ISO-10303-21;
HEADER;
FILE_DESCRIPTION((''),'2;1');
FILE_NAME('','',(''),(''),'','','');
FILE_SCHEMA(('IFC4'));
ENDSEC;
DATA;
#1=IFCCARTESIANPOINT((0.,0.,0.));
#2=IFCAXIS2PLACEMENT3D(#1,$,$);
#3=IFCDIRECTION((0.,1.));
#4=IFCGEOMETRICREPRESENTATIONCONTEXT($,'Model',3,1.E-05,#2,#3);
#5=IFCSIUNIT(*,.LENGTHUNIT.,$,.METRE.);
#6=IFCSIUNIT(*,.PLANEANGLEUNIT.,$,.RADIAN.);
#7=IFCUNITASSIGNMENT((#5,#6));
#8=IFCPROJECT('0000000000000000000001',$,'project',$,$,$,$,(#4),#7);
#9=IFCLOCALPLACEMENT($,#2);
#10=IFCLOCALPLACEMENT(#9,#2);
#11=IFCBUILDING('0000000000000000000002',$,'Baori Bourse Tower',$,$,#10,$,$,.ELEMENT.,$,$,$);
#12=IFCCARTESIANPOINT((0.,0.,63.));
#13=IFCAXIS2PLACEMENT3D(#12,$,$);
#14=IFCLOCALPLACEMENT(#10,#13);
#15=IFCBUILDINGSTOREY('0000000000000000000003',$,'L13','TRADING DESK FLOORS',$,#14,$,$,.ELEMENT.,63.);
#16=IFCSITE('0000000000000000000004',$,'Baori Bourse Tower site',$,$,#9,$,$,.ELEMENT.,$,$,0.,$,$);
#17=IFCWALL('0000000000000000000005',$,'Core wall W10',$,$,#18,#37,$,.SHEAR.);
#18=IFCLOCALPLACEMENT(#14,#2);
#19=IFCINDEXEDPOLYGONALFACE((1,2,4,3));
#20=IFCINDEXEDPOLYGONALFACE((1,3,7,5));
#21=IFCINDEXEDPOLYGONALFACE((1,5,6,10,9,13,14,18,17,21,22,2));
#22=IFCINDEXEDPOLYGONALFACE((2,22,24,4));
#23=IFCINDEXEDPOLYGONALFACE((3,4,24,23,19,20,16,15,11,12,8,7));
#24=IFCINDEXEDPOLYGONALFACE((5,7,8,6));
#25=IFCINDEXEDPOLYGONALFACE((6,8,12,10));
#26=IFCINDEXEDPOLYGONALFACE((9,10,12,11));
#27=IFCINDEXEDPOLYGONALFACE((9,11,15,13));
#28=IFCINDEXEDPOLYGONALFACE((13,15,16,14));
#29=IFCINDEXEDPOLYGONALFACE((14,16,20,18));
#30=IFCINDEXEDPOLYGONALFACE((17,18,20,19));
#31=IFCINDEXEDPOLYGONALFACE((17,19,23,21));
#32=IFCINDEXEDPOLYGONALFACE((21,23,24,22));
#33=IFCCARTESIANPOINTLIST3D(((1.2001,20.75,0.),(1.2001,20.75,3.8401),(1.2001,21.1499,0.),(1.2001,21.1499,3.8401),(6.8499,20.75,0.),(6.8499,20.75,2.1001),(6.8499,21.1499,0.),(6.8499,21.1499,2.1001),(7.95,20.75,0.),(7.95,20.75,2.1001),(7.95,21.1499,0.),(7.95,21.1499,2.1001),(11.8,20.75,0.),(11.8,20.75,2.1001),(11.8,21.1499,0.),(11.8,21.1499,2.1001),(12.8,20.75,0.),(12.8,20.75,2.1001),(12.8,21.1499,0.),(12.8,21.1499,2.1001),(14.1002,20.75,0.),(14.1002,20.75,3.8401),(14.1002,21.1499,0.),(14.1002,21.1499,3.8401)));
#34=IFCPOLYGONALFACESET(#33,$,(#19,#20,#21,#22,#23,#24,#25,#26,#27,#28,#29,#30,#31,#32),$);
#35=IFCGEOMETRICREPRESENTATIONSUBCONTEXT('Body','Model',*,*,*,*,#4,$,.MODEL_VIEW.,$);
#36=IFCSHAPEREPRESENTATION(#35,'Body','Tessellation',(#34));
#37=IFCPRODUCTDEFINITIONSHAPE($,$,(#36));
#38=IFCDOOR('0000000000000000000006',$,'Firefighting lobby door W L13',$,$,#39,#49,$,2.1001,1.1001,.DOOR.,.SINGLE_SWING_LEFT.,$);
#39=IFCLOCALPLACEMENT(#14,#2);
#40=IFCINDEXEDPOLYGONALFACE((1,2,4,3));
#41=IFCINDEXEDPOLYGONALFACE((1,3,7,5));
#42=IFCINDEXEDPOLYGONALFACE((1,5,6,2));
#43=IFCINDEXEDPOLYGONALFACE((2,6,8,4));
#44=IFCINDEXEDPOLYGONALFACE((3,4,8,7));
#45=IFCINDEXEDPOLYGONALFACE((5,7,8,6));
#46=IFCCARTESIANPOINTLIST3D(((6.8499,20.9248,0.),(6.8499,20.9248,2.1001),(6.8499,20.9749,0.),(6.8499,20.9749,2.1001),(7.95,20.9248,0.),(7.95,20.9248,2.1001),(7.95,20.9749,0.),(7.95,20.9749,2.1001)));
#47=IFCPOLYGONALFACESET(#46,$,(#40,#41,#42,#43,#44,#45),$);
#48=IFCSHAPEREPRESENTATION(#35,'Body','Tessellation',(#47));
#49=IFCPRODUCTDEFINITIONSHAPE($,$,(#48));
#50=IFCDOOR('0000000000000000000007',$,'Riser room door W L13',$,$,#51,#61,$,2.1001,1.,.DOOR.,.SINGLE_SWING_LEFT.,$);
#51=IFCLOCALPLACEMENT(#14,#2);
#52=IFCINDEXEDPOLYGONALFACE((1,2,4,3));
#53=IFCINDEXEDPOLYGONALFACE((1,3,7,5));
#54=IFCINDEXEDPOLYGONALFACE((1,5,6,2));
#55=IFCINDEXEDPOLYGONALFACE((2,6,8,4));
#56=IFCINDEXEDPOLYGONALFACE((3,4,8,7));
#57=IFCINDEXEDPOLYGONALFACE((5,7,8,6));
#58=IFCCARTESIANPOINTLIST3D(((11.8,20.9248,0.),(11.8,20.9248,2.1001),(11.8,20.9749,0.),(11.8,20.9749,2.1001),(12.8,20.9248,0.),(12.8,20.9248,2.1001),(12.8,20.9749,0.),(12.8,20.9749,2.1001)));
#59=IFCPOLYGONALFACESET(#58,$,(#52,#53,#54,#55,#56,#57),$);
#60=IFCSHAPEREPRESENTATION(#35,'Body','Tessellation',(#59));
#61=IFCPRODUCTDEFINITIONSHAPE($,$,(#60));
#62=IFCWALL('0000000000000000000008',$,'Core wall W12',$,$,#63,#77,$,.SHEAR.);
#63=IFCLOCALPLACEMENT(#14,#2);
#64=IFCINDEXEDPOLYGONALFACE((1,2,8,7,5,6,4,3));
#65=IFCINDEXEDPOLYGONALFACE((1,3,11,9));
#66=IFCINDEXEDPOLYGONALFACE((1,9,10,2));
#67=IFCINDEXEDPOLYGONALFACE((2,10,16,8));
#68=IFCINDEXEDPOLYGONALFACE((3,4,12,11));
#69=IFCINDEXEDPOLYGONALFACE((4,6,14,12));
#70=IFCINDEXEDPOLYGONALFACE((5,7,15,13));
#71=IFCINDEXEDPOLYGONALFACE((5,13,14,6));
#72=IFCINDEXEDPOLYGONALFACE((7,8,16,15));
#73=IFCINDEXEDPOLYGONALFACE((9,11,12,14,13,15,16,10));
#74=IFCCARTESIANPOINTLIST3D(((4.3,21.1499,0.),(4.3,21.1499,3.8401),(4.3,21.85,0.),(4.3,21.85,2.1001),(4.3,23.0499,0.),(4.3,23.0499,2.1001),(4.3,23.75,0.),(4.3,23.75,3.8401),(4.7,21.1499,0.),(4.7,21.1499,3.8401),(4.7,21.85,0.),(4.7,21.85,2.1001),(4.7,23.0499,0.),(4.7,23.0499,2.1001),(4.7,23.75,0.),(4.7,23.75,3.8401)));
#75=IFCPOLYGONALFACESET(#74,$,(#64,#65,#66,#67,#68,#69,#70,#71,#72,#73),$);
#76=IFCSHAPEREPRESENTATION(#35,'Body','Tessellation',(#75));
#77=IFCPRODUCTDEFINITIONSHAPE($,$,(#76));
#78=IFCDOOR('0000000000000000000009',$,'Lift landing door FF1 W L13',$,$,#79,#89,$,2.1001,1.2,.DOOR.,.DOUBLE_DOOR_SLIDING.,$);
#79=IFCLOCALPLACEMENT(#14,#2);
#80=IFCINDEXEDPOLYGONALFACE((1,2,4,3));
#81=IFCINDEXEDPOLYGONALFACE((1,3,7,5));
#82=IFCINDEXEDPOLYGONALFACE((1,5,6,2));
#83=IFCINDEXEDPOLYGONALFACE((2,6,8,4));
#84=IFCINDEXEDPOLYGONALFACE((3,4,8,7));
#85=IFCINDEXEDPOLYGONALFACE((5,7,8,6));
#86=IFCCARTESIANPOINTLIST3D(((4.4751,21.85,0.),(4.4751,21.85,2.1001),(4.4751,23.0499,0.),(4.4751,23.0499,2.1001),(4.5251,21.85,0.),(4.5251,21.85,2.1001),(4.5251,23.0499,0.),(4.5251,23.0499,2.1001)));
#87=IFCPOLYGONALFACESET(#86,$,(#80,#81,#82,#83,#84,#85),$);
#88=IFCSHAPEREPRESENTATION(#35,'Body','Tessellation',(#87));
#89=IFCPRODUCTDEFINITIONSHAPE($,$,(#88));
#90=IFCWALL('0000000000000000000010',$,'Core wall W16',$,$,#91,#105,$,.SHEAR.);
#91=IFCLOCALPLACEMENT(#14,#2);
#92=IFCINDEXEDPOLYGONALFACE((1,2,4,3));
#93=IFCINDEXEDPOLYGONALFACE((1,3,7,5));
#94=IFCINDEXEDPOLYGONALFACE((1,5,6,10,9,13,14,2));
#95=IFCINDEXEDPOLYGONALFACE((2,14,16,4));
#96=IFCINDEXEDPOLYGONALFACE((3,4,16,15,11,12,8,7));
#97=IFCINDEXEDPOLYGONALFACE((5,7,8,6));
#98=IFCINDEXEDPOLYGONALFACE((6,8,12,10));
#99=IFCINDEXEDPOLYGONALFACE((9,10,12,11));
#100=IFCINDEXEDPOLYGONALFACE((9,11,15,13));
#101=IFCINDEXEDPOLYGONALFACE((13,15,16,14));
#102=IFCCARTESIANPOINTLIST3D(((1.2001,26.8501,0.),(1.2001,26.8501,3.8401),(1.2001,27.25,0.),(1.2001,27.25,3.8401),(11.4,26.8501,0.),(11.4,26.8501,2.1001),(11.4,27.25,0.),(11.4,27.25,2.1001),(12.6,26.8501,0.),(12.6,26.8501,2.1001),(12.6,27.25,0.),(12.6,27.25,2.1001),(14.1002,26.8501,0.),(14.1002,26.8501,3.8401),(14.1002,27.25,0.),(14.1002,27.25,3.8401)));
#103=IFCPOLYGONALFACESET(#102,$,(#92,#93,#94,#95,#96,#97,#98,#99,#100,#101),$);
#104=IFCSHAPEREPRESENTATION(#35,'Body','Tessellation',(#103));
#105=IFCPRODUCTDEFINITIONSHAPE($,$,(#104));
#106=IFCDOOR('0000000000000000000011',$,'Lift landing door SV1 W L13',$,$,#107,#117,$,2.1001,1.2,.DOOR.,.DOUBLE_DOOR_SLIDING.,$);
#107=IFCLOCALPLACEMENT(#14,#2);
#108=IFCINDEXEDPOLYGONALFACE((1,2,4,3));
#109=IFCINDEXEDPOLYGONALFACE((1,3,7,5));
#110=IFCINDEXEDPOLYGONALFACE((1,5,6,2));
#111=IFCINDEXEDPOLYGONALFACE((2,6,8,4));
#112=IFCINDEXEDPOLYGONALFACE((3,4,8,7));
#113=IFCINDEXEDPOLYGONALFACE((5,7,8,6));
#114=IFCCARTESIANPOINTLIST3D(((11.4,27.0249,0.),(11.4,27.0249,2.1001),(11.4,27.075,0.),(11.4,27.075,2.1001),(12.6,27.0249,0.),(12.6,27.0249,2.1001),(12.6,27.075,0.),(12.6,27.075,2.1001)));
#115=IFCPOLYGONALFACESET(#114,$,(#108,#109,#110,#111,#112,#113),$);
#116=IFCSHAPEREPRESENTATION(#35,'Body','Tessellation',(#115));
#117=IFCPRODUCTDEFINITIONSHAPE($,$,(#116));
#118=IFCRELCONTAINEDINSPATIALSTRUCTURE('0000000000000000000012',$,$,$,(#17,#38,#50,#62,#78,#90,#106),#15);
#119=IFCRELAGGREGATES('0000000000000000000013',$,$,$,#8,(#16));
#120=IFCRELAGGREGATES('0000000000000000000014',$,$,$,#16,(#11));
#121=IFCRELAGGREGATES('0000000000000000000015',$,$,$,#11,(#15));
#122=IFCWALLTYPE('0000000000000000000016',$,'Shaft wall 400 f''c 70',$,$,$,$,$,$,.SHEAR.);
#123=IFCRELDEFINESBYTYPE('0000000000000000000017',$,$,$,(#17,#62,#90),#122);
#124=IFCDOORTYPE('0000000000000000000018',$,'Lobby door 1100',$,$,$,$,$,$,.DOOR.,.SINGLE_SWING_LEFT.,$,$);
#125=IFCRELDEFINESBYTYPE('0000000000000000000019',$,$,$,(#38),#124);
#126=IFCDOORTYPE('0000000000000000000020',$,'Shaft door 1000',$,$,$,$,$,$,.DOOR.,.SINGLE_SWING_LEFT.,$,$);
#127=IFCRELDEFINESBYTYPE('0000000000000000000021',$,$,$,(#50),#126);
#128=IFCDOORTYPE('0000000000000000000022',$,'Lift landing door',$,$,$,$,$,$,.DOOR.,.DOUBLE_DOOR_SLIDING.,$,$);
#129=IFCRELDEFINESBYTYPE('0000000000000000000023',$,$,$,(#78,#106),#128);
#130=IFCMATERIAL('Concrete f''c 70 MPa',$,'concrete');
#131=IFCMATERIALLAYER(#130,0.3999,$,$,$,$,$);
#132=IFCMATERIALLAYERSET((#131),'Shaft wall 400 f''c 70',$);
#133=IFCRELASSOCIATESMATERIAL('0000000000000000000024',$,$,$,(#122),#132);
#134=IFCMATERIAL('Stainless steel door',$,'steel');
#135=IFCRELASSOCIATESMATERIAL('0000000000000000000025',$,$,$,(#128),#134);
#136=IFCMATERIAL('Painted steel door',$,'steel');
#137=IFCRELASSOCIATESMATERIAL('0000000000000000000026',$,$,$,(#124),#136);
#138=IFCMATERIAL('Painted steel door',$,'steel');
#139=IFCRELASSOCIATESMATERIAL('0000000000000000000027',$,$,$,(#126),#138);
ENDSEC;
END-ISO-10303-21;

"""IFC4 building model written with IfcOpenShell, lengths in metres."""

from ifc_helpers import new_model, si_unit, direction, frame, frame_2d, origin, place, context, subcontext, project, spatial, rectangle, extrude, material, layer, layer_set, type_object, element, fill, save


model = new_model("IFC4")

# Units and contexts
model_context = context("Model", 3, precision=1e-05, world=origin(), true_north=direction((0.0, 1.0)))
body_context = subcontext(model_context, "Body", "Model", "MODEL_VIEW")
ifc_project = project(units=[si_unit("LENGTHUNIT", "METRE"), si_unit("PLANEANGLEUNIT", "RADIAN")], contexts=[model_context])

# Site, building, storey
site_placement = place(None, origin())
site = spatial("IfcSite", under=ifc_project, at=site_placement, Name="Baori Bourse Tower site", CompositionType="ELEMENT", RefElevation=0.0)
building_placement = place(site_placement, origin())
building = spatial("IfcBuilding", under=site, at=building_placement, Name="Baori Bourse Tower", CompositionType="ELEMENT")
storey_placement = place(building_placement, frame((0.0, 0.0, 63.0)))
storey = spatial("IfcBuildingStorey", under=building, at=storey_placement, Name="L13", Description="TRADING DESK FLOORS", CompositionType="ELEMENT", Elevation=63.0)

# Shared definitions
ifc_material_1 = material(Name="Concrete f'c 70 MPa", Category="concrete")
ifc_layer_1 = layer(ifc_material_1, 0.3999)
ifc_layer_set_1 = layer_set([ifc_layer_1], Name="Shaft wall 400 f'c 70")
wall_type_1 = type_object("IfcWallType", Name="Shaft wall 400 f'c 70", PredefinedType="SHEAR", material=ifc_layer_set_1)

# Wall, openings, doors
ifc_material_2 = material(Name="Stainless steel door", Category="steel")
door_type_1 = type_object("IfcDoorType", Name="Lift landing door", OperationType="DOUBLE_DOOR_SLIDING", PredefinedType="DOOR", material=ifc_material_2)
wall_1_placement = place(storey_placement, frame((1.2, 20.95, 0.0), z_axis=(0.0, 0.0, 1.0), x_axis=(1.0, 0.0, 0.0)))
wall_1 = element("IfcWall", 1, at=wall_1_placement, inside=storey, type_object=wall_type_1, Name="Core wall W10", PredefinedType="SHEAR", context=body_context, shape_type="SweptSolid", body=[
    extrude(rectangle(XDim=12.9001, YDim=0.3999, at=frame_2d((6.4502, 0.0))), origin(), (0.0, 0.0, 1.0), 3.8401),
])
opening_1_placement = place(wall_1_placement, frame((5.6499, 0.0, 0.0)))
opening_1 = element("IfcOpeningElement", 2, at=opening_1_placement, cuts=wall_1, PredefinedType="OPENING", context=body_context, shape_type="SweptSolid", body=[
    extrude(rectangle(XDim=1.1001, YDim=2.1001, at=frame_2d((0.55, 1.05))), frame((0.0, 0.21, 0.0), z_axis=(0.0, -1.0, 0.0), x_axis=(1.0, 0.0, 0.0)), (0.0, 0.0, 1.0), 0.4199),
])
opening_2_placement = place(wall_1_placement, frame((10.6001, 0.0, 0.0)))
opening_2 = element("IfcOpeningElement", 3, at=opening_2_placement, cuts=wall_1, PredefinedType="OPENING", context=body_context, shape_type="SweptSolid", body=[
    extrude(rectangle(XDim=1.0, YDim=2.1001, at=frame_2d((0.5, 1.05))), frame((0.0, 0.21, 0.0), z_axis=(0.0, -1.0, 0.0), x_axis=(1.0, 0.0, 0.0)), (0.0, 0.0, 1.0), 0.4199),
])
ifc_material_3 = material(Name="Painted steel door", Category="steel")
door_type_2 = type_object("IfcDoorType", Name="Lobby door 1100", OperationType="SINGLE_SWING_LEFT", PredefinedType="DOOR", material=ifc_material_3)
door_1_placement = place(opening_1_placement, origin())
door_1 = element("IfcDoor", 4, at=door_1_placement, inside=storey, type_object=door_type_2, Name="Firefighting lobby door W L13", OperationType="SINGLE_SWING_LEFT", OverallHeight=2.1001, OverallWidth=1.1001, PredefinedType="DOOR", context=body_context, shape_type="SweptSolid", body=[
    extrude(rectangle(XDim=1.1001, YDim=2.1001, at=frame_2d((0.55, 1.05))), frame((0.0, 0.0249, 0.0), z_axis=(0.0, -1.0, 0.0), x_axis=(1.0, 0.0, 0.0)), (0.0, 0.0, 1.0), 0.05),
])
fill(opening_1, door_1)
ifc_material_4 = material(Name="Painted steel door", Category="steel")
door_type_3 = type_object("IfcDoorType", Name="Shaft door 1000", OperationType="SINGLE_SWING_LEFT", PredefinedType="DOOR", material=ifc_material_4)
door_2_placement = place(opening_2_placement, origin())
door_2 = element("IfcDoor", 5, at=door_2_placement, inside=storey, type_object=door_type_3, Name="Riser room door W L13", OperationType="SINGLE_SWING_LEFT", OverallHeight=2.1001, OverallWidth=1.0, PredefinedType="DOOR", context=body_context, shape_type="SweptSolid", body=[
    extrude(rectangle(XDim=1.0, YDim=2.1001, at=frame_2d((0.5, 1.05))), frame((0.0, 0.0249, 0.0), z_axis=(0.0, -1.0, 0.0), x_axis=(1.0, 0.0, 0.0)), (0.0, 0.0, 1.0), 0.05),
])
fill(opening_2, door_2)

# Walls, openings, doors
wall_2_placement = place(storey_placement, frame((4.5, 21.1499, 0.0), z_axis=(0.0, 0.0, 1.0), x_axis=(0.0, 1.0, 0.0)))
wall_2 = element("IfcWall", 6, at=wall_2_placement, inside=storey, type_object=wall_type_1, Name="Core wall W12", PredefinedType="SHEAR", context=body_context, shape_type="SweptSolid", body=[
    extrude(rectangle(XDim=2.6001, YDim=0.3999, at=frame_2d((1.3, 0.0))), origin(), (0.0, 0.0, 1.0), 3.8401),
])
opening_3_placement = place(wall_2_placement, frame((0.7, 0.0, 0.0)))
opening_3 = element("IfcOpeningElement", 7, at=opening_3_placement, cuts=wall_2, PredefinedType="OPENING", context=body_context, shape_type="SweptSolid", body=[
    extrude(rectangle(XDim=1.2, YDim=2.1001, at=frame_2d((0.6001, 1.05))), frame((0.0, 0.21, 0.0), z_axis=(0.0, -1.0, 0.0), x_axis=(1.0, 0.0, 0.0)), (0.0, 0.0, 1.0), 0.4199),
])
door_3_placement = place(opening_3_placement, origin())
door_3 = element("IfcDoor", 8, at=door_3_placement, inside=storey, type_object=door_type_1, Name="Lift landing door FF1 W L13", OperationType="DOUBLE_DOOR_SLIDING", OverallHeight=2.1001, OverallWidth=1.2, PredefinedType="DOOR", context=body_context, shape_type="SweptSolid", body=[
    extrude(rectangle(XDim=1.2, YDim=2.1001, at=frame_2d((0.6001, 1.05))), frame((0.0, 0.0249, 0.0), z_axis=(0.0, -1.0, 0.0), x_axis=(1.0, 0.0, 0.0)), (0.0, 0.0, 1.0), 0.05),
])
fill(opening_3, door_3)
wall_3_placement = place(storey_placement, frame((1.2, 27.05, 0.0), z_axis=(0.0, 0.0, 1.0), x_axis=(1.0, 0.0, 0.0)))
wall_3 = element("IfcWall", 9, at=wall_3_placement, inside=storey, type_object=wall_type_1, Name="Core wall W16", PredefinedType="SHEAR", context=body_context, shape_type="SweptSolid", body=[
    extrude(rectangle(XDim=12.9001, YDim=0.3999, at=frame_2d((6.4502, 0.0))), origin(), (0.0, 0.0, 1.0), 3.8401),
])
opening_4_placement = place(wall_3_placement, frame((10.2, 0.0, 0.0)))
opening_4 = element("IfcOpeningElement", 10, at=opening_4_placement, cuts=wall_3, PredefinedType="OPENING", context=body_context, shape_type="SweptSolid", body=[
    extrude(rectangle(XDim=1.2, YDim=2.1001, at=frame_2d((0.6001, 1.05))), frame((0.0, 0.21, 0.0), z_axis=(0.0, -1.0, 0.0), x_axis=(1.0, 0.0, 0.0)), (0.0, 0.0, 1.0), 0.4199),
])
door_4_placement = place(opening_4_placement, origin())
door_4 = element("IfcDoor", 11, at=door_4_placement, inside=storey, type_object=door_type_1, Name="Lift landing door SV1 W L13", OperationType="DOUBLE_DOOR_SLIDING", OverallHeight=2.1001, OverallWidth=1.2, PredefinedType="DOOR", context=body_context, shape_type="SweptSolid", body=[
    extrude(rectangle(XDim=1.2, YDim=2.1001, at=frame_2d((0.6001, 1.05))), frame((0.0, 0.0249, 0.0), z_axis=(0.0, -1.0, 0.0), x_axis=(1.0, 0.0, 0.0)), (0.0, 0.0, 1.0), 0.05),
])
fill(opening_4, door_4)

save(model, "model.ifc")
